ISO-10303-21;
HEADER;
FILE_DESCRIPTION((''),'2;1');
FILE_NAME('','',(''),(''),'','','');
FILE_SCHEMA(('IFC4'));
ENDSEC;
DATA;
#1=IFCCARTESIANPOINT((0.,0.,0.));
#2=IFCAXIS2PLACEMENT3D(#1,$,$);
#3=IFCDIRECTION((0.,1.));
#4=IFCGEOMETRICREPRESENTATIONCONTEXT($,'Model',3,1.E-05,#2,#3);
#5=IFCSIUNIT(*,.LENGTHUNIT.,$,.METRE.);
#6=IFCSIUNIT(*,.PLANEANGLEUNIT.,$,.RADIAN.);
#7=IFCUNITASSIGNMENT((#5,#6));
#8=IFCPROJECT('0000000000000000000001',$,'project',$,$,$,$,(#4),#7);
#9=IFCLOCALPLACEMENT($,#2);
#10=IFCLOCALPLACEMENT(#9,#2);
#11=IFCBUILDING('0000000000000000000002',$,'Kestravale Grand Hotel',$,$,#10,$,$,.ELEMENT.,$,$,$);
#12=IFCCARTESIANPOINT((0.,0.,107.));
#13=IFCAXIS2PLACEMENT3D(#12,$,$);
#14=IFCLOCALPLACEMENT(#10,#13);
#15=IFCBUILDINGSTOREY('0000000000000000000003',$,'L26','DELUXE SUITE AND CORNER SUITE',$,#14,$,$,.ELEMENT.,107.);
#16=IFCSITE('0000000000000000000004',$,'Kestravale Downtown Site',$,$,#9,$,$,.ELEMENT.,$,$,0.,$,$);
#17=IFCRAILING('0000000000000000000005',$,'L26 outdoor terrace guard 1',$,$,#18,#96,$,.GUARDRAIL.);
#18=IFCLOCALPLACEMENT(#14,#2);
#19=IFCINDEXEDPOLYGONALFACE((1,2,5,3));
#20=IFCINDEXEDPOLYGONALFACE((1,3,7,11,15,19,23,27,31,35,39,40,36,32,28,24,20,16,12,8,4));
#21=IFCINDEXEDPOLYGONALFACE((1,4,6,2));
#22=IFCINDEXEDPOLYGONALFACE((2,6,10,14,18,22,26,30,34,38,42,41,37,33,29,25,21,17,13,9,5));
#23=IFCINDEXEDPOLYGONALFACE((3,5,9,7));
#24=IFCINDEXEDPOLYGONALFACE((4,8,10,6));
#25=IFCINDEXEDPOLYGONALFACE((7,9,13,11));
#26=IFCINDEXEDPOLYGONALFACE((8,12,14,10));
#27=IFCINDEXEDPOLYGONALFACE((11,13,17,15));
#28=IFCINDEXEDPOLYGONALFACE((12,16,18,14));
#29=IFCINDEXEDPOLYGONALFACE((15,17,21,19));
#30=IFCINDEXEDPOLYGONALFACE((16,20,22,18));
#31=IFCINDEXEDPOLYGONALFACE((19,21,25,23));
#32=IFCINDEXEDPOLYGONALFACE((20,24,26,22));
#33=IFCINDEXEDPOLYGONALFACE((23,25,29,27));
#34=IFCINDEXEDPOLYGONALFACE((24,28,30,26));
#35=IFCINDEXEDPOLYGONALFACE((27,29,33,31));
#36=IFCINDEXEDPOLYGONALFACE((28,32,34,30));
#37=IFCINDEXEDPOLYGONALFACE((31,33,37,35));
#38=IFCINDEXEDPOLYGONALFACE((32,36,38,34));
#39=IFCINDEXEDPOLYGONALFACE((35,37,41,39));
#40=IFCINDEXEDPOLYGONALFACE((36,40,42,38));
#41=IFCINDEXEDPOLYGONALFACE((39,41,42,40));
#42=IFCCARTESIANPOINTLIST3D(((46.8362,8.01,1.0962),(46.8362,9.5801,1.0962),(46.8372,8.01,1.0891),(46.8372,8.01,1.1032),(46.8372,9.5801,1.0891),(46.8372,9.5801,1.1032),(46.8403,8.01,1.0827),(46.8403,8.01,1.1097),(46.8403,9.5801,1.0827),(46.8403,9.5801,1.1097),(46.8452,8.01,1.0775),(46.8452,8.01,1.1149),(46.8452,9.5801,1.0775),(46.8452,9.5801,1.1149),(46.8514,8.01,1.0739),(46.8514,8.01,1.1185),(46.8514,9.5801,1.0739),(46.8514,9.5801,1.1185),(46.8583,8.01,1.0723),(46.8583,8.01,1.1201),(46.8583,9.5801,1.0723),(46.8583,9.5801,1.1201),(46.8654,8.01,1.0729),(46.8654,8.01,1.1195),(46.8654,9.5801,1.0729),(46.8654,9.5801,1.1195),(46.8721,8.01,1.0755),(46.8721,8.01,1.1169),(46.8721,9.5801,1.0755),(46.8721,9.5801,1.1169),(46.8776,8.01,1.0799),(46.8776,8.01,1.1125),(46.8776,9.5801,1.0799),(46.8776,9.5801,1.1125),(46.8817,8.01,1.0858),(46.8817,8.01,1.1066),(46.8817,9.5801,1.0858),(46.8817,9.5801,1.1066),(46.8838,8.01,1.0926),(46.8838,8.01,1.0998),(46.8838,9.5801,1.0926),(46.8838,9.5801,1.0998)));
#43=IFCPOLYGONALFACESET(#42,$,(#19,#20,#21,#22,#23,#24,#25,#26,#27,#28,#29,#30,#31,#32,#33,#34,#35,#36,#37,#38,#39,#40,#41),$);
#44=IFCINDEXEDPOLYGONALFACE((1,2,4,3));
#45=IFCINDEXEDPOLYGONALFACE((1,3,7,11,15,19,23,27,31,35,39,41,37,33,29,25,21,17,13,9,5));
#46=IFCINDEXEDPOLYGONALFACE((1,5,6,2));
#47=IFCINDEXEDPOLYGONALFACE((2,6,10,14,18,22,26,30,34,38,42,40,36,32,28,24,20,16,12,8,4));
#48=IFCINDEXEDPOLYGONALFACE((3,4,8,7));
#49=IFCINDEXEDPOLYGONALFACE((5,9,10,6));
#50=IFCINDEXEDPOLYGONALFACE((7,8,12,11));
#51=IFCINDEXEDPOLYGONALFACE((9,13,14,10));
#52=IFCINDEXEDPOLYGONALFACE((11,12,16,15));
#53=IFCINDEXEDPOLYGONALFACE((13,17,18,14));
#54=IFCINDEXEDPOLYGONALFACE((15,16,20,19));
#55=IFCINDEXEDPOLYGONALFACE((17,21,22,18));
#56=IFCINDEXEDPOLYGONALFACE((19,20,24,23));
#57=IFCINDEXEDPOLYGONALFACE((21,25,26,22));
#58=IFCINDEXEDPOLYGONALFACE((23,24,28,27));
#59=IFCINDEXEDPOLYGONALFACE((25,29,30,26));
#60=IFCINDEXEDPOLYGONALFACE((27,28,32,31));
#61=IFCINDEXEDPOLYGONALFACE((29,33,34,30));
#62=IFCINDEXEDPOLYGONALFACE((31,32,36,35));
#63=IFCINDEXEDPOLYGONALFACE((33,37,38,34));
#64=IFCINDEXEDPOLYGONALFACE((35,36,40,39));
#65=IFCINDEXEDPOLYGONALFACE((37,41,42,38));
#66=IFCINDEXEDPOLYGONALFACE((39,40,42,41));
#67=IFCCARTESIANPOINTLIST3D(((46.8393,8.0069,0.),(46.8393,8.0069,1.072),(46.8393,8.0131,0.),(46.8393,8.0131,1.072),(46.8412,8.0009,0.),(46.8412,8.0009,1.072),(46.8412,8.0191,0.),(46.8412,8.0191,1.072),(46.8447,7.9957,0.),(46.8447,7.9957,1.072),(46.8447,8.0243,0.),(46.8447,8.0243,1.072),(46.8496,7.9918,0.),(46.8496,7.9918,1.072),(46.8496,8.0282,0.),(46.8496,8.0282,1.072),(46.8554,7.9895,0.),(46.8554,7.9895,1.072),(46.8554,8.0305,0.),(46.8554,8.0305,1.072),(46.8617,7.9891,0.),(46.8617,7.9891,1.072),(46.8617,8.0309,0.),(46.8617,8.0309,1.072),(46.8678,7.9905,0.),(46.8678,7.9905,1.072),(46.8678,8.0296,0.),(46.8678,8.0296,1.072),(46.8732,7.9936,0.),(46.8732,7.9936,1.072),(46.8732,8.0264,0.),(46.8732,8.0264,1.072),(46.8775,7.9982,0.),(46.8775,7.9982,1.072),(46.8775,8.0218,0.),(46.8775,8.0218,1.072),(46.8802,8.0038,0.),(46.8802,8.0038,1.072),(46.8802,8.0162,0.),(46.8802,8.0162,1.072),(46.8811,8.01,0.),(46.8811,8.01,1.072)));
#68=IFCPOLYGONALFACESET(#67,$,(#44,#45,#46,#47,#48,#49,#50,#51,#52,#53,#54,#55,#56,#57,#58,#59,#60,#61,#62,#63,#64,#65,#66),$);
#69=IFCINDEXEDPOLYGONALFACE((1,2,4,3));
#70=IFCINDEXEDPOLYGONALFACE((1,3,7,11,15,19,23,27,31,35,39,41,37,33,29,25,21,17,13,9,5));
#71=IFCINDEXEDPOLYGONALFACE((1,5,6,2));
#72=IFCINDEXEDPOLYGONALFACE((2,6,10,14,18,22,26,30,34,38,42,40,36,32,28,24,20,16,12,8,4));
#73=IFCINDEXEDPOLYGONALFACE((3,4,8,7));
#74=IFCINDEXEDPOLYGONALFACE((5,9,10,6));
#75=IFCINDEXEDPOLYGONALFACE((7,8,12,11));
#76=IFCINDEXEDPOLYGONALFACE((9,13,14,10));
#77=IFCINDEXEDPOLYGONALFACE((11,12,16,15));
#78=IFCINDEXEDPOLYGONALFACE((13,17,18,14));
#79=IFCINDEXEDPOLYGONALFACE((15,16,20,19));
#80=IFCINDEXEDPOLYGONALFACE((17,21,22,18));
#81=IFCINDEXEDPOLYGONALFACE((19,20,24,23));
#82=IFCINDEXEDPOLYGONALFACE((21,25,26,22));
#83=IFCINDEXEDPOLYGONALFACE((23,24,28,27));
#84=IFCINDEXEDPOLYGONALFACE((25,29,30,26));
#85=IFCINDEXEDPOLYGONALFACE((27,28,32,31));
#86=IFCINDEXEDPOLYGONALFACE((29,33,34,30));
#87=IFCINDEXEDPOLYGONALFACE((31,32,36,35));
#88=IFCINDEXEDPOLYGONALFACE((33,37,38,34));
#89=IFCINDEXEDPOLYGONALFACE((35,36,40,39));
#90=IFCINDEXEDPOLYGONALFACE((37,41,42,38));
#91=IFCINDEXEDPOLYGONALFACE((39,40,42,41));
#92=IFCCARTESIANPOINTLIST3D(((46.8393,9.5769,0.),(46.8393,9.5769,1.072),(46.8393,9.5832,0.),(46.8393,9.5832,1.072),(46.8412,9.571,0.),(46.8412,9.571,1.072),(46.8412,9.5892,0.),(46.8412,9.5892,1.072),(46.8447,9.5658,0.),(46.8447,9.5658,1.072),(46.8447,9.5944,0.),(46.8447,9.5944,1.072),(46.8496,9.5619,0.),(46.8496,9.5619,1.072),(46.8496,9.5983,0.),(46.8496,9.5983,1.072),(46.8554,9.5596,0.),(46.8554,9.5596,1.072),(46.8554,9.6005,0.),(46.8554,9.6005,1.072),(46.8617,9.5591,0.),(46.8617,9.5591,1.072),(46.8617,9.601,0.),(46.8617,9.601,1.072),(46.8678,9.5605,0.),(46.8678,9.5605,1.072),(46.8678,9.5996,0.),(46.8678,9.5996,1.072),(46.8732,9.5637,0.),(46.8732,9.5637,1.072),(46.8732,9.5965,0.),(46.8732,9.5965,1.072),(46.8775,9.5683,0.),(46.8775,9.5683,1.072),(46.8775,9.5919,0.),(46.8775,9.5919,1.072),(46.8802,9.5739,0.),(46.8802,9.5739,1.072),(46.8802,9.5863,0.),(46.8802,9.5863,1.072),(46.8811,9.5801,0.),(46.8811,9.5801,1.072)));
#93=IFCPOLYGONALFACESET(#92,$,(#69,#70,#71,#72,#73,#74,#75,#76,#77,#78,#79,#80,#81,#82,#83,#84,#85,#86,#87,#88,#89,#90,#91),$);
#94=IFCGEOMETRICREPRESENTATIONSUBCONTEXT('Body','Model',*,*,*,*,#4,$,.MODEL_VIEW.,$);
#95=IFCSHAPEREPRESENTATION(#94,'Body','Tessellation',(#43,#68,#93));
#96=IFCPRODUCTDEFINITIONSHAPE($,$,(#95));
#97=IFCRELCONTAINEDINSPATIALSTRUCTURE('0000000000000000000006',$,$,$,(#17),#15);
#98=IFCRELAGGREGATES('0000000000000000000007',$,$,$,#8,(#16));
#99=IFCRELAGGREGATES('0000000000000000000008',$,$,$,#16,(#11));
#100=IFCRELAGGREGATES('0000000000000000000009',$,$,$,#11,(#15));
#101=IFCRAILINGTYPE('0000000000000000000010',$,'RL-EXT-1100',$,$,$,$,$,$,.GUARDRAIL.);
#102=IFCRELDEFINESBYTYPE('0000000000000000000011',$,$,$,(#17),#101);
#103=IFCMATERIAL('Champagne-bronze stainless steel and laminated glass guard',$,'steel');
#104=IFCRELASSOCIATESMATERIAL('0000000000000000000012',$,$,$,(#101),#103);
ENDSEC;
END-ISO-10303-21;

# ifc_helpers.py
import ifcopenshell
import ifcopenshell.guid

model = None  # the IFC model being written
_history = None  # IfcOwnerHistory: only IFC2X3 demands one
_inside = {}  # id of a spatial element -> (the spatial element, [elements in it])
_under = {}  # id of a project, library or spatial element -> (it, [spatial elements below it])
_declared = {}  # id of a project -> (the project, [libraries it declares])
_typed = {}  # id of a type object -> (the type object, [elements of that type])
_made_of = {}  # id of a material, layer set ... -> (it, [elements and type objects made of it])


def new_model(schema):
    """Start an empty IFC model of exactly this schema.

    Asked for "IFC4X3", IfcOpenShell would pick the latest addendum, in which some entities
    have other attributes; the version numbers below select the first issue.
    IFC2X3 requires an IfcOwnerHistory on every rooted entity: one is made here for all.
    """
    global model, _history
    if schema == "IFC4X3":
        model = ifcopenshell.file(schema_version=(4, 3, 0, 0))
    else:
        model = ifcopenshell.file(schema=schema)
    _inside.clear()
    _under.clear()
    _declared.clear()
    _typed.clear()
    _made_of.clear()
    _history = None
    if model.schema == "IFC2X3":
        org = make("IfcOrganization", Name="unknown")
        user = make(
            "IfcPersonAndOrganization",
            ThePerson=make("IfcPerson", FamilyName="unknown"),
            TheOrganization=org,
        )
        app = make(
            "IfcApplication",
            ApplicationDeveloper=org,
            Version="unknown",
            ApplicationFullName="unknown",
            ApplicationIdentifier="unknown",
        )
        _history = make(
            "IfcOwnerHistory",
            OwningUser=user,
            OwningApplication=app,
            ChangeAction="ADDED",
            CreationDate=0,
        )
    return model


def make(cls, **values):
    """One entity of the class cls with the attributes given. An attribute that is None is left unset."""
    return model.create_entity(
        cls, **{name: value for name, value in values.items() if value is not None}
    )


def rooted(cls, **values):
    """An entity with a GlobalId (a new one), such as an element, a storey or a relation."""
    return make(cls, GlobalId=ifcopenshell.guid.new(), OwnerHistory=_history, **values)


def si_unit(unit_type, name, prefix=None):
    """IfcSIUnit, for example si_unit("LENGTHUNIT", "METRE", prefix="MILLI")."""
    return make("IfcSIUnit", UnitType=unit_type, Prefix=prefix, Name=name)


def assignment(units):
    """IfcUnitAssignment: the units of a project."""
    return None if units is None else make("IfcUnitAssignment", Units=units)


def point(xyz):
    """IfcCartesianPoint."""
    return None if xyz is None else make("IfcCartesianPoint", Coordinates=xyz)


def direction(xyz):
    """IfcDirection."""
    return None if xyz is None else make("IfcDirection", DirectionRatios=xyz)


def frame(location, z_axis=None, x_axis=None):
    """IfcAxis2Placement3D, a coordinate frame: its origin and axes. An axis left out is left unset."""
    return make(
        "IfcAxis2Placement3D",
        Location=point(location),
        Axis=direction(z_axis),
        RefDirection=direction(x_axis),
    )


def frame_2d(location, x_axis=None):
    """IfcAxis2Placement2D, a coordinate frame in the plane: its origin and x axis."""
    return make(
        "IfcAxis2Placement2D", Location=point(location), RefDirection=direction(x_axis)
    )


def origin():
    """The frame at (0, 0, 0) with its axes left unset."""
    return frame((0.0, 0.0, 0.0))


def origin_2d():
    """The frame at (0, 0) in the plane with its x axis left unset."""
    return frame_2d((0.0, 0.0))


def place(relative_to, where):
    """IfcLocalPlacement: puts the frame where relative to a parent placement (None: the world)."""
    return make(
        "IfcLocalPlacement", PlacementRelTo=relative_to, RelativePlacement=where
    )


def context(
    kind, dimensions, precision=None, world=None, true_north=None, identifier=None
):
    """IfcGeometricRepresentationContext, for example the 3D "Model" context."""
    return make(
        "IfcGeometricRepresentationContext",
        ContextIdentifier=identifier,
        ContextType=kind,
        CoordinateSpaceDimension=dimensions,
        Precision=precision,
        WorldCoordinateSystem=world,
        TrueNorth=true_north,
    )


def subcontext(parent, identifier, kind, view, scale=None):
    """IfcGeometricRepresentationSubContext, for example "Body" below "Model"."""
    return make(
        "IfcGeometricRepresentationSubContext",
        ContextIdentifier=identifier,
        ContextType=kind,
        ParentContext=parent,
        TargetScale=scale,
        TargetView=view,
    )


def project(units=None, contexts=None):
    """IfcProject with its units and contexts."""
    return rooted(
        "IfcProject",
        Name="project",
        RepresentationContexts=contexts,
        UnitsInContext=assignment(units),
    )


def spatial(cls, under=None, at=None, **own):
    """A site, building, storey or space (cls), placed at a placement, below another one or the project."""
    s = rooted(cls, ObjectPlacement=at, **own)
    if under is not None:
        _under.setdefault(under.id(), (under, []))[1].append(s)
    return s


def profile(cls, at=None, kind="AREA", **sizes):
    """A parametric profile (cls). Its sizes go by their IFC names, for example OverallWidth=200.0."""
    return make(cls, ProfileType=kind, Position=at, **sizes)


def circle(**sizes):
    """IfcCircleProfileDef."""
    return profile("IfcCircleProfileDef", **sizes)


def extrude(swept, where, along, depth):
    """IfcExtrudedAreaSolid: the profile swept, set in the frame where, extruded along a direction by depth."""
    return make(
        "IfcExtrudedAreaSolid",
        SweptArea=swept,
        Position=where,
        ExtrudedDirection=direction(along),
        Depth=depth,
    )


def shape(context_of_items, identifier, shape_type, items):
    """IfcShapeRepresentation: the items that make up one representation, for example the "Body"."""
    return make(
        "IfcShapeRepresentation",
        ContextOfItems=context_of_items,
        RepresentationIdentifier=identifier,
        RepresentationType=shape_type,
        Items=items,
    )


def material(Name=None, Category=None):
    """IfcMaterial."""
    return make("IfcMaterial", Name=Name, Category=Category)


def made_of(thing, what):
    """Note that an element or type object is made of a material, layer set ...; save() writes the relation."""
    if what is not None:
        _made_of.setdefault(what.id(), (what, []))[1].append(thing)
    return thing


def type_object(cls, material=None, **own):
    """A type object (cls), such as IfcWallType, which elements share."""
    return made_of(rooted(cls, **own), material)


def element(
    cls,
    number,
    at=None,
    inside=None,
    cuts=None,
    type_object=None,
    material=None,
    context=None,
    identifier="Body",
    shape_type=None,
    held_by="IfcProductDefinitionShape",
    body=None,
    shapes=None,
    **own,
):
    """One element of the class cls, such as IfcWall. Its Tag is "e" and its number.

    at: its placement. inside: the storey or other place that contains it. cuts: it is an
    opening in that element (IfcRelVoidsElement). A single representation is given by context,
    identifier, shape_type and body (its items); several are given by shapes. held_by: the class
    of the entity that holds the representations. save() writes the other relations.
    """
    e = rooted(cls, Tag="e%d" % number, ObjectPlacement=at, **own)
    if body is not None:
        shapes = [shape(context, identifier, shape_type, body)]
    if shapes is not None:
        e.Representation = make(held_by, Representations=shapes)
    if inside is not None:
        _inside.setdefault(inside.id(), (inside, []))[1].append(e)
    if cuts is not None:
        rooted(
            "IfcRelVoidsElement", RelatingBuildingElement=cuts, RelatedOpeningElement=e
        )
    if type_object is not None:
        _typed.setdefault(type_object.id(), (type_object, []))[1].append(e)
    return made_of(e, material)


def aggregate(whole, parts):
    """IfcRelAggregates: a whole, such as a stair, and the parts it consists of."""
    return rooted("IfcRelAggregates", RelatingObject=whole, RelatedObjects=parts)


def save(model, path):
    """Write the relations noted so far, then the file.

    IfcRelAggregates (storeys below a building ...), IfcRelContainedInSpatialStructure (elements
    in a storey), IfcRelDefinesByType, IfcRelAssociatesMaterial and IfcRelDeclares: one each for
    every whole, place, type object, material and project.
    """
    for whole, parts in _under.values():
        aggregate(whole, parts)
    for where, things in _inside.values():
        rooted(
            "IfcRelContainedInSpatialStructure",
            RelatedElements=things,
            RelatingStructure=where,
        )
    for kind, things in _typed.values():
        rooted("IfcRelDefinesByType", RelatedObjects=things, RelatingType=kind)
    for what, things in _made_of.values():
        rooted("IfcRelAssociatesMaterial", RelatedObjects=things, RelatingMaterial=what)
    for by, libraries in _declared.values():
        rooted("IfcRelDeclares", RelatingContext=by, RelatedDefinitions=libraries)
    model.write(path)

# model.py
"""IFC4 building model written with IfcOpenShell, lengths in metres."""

from ifc_helpers import new_model, si_unit, direction, frame, origin, origin_2d, place, context, subcontext, project, spatial, circle, extrude, material, type_object, element, save


model = new_model("IFC4")

# Units and contexts
model_context = context("Model", 3, precision=1e-05, world=origin(), true_north=direction((0.0, 1.0)))
body_context = subcontext(model_context, "Body", "Model", "MODEL_VIEW")
ifc_project = project(units=[si_unit("LENGTHUNIT", "METRE"), si_unit("PLANEANGLEUNIT", "RADIAN")], contexts=[model_context])

# Site, building, storey
site_placement = place(None, origin())
site = spatial("IfcSite", under=ifc_project, at=site_placement, Name="Kestravale Downtown Site", CompositionType="ELEMENT", RefElevation=0.0)
building_placement = place(site_placement, origin())
building = spatial("IfcBuilding", under=site, at=building_placement, Name="Kestravale Grand Hotel", CompositionType="ELEMENT")
storey_placement = place(building_placement, frame((0.0, 0.0, 107.0)))
storey = spatial("IfcBuildingStorey", under=building, at=storey_placement, Name="L26", Description="DELUXE SUITE AND CORNER SUITE", CompositionType="ELEMENT", Elevation=107.0)

# Railing
ifc_material_1 = material(Name="Champagne-bronze stainless steel and laminated glass guard", Category="steel")
railing_type = type_object("IfcRailingType", Name="RL-EXT-1100", PredefinedType="GUARDRAIL", material=ifc_material_1)
railing_1_placement = place(storey_placement, frame((46.8601, 8.01, 0.0)))
element("IfcRailing", 1, at=railing_1_placement, inside=storey, type_object=railing_type, Name="L26 outdoor terrace guard 1", PredefinedType="GUARDRAIL", context=body_context, shape_type="SweptSolid", body=[
    extrude(circle(Radius=0.0239, at=origin_2d()), frame((0.0, 0.0, 1.0962), z_axis=(0.0, 1.0, 0.0), x_axis=(-1.0, 0.0, 0.0)), (0.0, 0.0, 1.0), 1.5701),
    extrude(circle(Radius=0.021, at=origin_2d()), origin(), (0.0, 0.0, 1.0), 1.072),
    extrude(circle(Radius=0.021, at=origin_2d()), frame((0.0, 1.5701, 0.0)), (0.0, 0.0, 1.0), 1.072),
])

save(model, "model.ifc")
